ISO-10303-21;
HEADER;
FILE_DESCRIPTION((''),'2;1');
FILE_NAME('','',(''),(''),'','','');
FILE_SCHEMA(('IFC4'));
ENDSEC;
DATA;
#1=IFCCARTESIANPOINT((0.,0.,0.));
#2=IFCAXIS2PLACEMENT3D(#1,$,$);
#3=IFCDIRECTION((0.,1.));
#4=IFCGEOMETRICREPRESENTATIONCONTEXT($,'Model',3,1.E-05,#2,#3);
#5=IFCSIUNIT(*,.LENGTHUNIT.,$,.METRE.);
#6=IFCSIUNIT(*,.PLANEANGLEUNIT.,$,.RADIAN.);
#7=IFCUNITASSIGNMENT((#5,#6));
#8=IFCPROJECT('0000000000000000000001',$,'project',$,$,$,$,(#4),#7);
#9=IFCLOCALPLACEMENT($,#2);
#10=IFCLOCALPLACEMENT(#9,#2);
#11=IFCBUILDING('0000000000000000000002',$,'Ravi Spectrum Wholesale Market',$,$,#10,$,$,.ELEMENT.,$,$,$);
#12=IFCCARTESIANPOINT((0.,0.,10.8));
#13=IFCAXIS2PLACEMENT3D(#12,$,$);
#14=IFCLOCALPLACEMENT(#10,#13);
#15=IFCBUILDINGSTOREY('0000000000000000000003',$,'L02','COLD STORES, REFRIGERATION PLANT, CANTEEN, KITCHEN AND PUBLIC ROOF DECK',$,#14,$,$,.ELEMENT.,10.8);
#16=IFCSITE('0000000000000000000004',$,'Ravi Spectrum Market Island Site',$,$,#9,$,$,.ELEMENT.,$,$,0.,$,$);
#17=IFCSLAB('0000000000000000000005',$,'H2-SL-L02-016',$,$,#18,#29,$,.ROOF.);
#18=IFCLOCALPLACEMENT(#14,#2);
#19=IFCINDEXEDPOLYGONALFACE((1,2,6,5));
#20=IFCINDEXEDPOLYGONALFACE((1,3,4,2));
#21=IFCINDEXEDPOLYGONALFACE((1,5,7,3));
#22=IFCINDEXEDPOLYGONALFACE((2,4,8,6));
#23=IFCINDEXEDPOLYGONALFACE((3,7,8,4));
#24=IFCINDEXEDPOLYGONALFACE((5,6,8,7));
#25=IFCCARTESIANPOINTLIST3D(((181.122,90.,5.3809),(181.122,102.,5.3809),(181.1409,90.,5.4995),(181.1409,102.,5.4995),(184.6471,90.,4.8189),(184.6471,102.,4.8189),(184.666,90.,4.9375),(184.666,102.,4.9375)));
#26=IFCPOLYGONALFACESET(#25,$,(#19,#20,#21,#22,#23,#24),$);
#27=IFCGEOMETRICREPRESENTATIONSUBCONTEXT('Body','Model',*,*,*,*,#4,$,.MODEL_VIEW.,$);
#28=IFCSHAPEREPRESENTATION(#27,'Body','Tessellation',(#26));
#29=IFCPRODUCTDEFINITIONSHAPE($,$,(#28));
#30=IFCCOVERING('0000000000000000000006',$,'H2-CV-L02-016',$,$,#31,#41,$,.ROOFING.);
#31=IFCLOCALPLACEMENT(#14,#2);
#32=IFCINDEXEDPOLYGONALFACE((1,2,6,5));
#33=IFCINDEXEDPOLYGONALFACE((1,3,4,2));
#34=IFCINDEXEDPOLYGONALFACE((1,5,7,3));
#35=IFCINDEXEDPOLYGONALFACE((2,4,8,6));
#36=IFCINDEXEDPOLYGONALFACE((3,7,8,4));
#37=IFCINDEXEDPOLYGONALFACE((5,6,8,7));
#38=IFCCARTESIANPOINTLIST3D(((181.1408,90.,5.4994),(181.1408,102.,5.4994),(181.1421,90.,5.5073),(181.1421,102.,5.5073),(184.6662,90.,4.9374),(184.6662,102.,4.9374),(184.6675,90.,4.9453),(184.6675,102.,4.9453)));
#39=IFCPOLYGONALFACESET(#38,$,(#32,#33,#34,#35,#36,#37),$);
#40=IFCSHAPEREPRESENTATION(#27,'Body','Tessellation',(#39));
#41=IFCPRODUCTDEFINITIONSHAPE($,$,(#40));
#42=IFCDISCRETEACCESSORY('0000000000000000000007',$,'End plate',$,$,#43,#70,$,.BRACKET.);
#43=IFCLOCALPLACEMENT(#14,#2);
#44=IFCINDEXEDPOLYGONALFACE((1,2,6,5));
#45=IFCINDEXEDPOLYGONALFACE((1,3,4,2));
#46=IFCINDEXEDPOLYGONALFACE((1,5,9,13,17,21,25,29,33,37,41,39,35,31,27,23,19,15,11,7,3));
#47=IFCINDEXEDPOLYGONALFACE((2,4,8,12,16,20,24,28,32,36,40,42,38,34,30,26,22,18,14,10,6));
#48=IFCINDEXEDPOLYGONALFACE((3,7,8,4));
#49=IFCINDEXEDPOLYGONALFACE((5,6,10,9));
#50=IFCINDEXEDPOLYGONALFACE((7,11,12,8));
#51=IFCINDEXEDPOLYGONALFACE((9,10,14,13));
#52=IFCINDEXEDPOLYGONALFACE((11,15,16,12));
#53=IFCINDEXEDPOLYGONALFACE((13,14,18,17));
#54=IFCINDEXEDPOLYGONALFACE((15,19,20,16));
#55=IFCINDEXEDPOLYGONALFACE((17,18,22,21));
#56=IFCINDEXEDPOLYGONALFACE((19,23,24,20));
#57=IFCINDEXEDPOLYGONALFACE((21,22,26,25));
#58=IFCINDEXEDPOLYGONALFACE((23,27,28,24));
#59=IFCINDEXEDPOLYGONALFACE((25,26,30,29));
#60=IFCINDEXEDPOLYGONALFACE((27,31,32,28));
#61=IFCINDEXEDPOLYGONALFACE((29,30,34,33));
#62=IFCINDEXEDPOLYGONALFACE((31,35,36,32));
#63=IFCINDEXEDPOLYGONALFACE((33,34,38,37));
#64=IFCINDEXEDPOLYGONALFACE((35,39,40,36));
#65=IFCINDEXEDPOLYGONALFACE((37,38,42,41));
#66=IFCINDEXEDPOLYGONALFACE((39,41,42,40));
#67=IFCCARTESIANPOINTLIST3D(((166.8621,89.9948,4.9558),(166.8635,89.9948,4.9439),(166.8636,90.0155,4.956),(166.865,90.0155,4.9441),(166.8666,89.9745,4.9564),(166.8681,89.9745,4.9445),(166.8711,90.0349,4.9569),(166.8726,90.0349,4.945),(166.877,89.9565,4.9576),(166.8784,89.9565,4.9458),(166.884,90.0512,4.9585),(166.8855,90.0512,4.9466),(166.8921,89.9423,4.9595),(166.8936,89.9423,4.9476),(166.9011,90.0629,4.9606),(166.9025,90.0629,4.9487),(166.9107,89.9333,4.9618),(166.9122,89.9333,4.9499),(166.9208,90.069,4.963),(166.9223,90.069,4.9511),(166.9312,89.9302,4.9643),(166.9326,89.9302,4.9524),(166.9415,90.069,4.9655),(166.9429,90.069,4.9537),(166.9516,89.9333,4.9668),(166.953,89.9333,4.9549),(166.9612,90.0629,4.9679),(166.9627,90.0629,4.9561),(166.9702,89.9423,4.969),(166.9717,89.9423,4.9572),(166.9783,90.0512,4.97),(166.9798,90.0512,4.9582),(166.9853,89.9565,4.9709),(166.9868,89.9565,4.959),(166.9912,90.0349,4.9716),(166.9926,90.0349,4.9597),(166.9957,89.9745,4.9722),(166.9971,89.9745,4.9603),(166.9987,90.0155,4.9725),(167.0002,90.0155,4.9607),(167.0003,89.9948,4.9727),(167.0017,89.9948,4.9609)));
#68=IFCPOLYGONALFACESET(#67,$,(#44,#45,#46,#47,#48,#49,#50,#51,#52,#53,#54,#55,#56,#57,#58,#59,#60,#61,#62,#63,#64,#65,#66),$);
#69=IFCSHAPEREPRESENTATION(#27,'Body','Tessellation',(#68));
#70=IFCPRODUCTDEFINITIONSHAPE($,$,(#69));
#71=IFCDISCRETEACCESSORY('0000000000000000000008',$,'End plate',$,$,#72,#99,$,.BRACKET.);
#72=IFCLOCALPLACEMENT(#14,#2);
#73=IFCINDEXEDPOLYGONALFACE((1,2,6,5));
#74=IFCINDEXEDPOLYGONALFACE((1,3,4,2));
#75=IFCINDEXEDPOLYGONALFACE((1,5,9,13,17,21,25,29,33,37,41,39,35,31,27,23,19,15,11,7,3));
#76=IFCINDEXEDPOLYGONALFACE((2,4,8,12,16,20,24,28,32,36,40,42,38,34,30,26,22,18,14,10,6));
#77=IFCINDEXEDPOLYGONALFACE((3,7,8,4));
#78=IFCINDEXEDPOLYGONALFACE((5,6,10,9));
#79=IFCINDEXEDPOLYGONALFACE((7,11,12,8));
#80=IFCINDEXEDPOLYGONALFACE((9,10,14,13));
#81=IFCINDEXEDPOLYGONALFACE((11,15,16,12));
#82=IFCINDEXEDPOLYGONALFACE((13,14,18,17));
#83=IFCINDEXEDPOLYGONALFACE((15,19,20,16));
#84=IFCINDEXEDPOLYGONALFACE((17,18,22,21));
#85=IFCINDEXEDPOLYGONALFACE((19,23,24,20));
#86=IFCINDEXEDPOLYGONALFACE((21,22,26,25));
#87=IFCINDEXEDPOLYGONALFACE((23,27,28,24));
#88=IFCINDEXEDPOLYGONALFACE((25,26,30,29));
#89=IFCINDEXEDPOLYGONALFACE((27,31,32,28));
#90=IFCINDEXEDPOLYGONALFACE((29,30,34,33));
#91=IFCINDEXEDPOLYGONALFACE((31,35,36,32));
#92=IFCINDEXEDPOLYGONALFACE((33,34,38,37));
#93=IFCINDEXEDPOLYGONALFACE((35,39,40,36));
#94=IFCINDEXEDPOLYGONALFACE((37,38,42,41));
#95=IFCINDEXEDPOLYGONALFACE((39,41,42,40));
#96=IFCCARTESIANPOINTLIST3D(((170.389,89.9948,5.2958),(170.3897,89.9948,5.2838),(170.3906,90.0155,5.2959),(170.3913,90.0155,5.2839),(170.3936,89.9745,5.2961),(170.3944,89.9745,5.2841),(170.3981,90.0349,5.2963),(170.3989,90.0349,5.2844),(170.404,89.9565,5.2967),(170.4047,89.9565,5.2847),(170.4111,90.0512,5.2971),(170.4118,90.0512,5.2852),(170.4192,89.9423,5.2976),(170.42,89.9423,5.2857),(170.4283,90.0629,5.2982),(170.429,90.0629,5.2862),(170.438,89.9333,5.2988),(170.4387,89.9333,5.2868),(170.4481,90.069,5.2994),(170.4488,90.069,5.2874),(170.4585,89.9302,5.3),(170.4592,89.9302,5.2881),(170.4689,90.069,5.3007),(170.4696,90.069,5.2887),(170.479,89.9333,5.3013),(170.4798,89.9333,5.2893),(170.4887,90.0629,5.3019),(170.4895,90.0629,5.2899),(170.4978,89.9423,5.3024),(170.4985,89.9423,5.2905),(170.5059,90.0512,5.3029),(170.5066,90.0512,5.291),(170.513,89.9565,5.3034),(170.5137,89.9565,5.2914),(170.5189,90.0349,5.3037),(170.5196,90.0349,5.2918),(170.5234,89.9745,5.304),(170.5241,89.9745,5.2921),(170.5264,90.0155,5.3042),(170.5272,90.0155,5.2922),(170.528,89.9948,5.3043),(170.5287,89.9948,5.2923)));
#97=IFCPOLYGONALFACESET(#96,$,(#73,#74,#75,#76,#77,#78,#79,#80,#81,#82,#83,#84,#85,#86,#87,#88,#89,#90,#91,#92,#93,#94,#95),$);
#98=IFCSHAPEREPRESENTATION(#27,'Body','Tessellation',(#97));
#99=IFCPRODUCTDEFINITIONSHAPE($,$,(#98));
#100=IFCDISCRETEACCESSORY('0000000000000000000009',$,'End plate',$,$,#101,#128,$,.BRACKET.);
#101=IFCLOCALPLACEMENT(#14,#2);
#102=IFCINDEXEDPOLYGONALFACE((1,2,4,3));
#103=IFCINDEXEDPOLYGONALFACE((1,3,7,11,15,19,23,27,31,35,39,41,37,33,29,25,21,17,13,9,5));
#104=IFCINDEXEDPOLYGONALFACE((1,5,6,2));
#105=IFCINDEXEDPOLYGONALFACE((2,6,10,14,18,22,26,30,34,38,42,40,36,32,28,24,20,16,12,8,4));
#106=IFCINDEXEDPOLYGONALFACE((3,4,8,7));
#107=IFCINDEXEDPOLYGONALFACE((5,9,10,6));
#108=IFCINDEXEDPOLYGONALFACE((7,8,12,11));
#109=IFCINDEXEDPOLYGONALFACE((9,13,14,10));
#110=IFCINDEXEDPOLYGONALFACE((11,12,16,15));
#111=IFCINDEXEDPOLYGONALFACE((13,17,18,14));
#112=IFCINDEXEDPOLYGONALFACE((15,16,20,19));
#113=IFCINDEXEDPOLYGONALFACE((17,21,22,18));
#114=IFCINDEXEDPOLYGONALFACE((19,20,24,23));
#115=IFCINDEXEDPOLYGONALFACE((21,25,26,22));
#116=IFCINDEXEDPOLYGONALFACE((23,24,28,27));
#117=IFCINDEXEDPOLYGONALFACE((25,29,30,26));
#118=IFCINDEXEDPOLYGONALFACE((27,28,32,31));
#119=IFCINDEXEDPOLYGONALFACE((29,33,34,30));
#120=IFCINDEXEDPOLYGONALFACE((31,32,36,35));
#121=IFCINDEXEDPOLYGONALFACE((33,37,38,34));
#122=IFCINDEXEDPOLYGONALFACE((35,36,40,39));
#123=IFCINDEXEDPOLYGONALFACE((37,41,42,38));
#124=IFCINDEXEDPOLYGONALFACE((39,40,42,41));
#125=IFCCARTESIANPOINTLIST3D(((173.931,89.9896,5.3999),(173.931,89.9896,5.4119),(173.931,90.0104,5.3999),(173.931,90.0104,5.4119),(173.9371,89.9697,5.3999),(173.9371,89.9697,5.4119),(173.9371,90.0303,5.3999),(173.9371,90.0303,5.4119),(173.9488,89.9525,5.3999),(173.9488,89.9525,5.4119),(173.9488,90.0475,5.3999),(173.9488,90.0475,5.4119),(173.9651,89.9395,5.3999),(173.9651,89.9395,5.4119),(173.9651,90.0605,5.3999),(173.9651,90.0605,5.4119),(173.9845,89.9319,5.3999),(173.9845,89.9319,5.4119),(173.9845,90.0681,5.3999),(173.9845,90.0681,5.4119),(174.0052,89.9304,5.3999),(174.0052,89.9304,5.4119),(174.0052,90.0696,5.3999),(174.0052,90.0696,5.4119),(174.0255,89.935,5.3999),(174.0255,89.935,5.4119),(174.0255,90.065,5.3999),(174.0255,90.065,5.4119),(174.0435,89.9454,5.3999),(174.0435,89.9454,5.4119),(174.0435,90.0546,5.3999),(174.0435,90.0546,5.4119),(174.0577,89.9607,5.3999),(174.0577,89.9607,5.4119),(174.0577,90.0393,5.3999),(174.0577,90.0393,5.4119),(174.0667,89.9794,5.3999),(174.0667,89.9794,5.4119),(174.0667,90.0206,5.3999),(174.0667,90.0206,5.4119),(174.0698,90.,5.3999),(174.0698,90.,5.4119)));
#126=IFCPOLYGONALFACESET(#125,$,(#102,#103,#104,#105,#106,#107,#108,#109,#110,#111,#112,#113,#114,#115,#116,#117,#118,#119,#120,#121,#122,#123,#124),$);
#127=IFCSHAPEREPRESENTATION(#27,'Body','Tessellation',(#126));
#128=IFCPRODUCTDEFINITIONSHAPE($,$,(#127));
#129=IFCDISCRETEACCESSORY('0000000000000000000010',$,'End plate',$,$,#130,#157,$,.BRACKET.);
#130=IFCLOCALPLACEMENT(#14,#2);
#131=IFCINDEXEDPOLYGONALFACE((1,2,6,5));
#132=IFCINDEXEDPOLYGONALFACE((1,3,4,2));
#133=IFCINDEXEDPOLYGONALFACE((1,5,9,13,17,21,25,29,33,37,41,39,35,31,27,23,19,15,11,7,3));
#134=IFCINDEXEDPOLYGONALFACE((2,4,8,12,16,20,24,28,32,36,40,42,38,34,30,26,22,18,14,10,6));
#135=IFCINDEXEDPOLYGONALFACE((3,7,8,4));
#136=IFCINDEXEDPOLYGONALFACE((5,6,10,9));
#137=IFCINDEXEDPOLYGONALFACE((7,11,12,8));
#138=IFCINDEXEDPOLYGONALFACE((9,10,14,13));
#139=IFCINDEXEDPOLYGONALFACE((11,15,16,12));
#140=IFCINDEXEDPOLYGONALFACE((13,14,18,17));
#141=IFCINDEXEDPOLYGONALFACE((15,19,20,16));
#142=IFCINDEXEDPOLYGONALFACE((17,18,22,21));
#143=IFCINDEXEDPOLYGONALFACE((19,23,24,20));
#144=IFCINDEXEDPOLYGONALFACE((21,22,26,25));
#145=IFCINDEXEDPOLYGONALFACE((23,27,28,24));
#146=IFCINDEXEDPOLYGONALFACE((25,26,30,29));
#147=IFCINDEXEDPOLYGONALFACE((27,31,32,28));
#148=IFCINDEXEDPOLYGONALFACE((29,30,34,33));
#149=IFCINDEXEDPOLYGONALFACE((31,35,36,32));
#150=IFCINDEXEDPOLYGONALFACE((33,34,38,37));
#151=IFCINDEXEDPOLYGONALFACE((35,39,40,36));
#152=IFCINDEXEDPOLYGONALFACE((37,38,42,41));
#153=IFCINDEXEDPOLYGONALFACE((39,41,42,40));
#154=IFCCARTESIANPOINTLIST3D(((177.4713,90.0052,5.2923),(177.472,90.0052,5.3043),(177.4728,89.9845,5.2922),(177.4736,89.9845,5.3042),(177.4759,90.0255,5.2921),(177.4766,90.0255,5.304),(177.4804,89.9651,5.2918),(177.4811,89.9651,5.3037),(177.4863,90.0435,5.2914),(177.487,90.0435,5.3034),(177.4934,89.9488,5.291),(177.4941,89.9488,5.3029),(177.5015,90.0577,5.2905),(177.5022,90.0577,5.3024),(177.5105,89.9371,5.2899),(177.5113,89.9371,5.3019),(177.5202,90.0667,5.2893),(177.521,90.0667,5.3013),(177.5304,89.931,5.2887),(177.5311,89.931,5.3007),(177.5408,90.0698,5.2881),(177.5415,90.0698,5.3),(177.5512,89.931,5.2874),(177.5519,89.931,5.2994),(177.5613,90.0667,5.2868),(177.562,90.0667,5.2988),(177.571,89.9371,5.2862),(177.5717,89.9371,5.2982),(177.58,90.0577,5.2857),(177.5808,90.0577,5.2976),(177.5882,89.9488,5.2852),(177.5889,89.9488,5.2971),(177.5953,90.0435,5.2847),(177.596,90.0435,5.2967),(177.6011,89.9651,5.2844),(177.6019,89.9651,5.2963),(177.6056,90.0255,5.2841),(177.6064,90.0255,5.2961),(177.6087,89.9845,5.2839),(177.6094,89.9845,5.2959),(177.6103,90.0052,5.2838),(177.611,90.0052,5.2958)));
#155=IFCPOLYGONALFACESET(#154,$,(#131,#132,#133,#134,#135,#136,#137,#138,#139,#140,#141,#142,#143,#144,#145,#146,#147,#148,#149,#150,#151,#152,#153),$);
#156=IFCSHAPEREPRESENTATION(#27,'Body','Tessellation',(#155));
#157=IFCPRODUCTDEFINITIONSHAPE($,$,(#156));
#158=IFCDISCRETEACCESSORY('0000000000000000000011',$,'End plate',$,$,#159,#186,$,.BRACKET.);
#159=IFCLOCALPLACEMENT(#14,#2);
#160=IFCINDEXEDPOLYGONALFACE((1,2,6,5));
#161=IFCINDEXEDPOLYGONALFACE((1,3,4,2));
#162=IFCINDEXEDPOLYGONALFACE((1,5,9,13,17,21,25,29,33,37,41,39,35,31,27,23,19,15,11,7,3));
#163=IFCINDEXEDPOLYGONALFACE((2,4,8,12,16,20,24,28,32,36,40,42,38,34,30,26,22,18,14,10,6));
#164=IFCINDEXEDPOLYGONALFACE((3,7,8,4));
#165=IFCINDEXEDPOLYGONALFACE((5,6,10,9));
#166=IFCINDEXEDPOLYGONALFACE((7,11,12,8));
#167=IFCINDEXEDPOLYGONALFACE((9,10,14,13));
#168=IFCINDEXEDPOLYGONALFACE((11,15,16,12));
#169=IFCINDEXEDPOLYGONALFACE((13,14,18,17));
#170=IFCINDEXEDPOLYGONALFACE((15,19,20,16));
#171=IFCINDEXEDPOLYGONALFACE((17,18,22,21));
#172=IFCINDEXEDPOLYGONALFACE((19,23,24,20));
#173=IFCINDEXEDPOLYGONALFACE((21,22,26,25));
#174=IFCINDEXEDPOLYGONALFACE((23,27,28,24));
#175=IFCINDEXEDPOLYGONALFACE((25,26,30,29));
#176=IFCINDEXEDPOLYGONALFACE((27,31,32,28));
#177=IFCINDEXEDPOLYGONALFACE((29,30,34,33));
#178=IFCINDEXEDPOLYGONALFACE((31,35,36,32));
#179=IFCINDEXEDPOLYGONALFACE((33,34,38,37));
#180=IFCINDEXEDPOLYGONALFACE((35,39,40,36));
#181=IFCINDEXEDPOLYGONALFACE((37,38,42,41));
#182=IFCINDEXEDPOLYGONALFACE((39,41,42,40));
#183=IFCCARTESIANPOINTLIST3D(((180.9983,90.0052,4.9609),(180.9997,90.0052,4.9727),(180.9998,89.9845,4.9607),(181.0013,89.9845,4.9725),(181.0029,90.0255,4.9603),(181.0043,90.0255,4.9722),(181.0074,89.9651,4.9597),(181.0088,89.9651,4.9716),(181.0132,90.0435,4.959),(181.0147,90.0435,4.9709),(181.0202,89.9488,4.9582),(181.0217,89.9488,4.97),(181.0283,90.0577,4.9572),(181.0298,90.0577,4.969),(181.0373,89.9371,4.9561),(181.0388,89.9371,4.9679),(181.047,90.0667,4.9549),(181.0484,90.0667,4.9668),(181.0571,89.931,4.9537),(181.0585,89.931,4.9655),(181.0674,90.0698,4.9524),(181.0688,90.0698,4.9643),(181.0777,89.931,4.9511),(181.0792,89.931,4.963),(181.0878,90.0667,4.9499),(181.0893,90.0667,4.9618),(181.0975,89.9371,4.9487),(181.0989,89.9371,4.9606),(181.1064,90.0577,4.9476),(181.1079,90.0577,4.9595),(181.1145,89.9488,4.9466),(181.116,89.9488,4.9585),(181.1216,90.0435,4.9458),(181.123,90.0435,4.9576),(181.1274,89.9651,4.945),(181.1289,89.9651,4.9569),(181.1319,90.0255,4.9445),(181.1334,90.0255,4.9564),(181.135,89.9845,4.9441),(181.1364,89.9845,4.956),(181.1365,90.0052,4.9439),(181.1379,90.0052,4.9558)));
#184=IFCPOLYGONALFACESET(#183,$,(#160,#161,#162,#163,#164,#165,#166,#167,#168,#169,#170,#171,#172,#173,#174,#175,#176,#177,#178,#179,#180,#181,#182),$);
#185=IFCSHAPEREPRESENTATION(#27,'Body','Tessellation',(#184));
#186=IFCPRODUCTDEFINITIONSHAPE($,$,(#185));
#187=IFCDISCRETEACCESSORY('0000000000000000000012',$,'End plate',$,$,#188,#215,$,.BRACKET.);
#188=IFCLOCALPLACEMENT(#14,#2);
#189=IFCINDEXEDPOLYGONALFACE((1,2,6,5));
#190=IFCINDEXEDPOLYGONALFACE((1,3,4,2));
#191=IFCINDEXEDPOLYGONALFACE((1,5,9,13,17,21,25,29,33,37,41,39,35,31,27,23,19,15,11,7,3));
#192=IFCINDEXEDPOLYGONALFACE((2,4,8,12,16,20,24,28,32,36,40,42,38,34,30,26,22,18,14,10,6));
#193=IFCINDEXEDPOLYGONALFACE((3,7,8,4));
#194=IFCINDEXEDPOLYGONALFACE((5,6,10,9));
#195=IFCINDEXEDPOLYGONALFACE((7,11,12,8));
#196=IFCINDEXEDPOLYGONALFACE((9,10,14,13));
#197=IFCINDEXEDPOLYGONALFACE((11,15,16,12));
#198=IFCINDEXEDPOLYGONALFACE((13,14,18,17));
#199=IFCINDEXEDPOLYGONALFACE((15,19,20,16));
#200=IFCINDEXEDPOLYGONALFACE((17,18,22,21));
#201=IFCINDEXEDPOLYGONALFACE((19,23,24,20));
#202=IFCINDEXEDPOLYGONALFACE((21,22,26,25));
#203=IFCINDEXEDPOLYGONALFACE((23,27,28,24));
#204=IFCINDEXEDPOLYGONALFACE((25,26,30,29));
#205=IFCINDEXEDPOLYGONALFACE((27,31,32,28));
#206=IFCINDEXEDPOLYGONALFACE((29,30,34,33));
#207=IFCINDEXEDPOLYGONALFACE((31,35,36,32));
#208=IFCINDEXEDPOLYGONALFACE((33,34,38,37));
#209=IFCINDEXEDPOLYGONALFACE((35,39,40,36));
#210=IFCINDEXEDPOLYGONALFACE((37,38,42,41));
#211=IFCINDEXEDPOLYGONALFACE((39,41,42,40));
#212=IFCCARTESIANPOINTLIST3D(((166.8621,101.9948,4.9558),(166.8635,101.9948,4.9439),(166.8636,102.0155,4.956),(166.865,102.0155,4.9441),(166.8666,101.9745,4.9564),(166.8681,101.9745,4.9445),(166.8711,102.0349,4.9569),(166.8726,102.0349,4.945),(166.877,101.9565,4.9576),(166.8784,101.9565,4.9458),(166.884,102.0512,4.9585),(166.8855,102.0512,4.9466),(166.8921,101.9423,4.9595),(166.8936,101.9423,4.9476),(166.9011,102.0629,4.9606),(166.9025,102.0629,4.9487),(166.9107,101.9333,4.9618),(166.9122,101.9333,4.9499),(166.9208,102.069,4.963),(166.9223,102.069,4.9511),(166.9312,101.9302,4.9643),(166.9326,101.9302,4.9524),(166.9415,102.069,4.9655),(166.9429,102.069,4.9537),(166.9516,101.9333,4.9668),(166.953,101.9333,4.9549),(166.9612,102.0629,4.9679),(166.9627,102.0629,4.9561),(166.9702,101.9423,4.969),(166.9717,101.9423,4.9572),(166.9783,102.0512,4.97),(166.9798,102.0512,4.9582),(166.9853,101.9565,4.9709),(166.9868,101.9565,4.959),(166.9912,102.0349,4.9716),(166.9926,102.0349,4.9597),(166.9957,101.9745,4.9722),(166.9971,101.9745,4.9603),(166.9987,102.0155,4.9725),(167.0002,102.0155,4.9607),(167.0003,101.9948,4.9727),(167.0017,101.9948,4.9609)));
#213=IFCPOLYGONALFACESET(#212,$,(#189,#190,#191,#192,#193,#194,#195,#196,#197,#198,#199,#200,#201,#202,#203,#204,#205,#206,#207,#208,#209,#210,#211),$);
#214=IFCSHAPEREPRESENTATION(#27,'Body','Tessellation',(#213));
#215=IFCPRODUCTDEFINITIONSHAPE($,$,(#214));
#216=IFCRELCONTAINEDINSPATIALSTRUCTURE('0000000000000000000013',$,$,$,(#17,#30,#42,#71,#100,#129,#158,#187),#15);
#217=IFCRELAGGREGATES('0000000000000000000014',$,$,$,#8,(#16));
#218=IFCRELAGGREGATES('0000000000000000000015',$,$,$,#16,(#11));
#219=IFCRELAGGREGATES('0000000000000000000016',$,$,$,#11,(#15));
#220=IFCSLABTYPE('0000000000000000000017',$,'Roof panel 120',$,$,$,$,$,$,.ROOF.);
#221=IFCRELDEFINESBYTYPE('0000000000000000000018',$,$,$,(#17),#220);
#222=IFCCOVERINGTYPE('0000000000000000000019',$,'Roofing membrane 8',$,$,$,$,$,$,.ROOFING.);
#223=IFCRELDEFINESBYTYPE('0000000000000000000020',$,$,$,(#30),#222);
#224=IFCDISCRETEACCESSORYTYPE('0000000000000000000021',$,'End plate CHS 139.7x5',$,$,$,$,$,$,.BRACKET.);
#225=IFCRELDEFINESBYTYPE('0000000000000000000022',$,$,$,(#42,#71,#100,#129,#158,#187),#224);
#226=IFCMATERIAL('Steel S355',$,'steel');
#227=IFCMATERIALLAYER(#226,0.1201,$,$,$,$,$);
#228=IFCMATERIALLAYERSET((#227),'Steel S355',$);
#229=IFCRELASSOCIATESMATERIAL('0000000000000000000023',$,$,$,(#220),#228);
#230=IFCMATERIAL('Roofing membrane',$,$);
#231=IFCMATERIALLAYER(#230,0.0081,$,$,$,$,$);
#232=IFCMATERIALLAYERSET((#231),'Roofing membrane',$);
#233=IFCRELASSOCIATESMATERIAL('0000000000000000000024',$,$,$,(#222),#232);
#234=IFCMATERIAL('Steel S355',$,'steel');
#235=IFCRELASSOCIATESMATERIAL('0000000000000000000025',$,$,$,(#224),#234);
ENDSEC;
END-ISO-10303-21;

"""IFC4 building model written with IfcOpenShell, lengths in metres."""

from ifc_helpers import new_model, si_unit, direction, frame, origin, origin_2d, place, context, subcontext, project, spatial, polyline, circle, outline, extrude, material, layer, layer_set, material_profile, profile_set, type_object, element, save


model = new_model("IFC4")

# Units and contexts
model_context = context("Model", 3, precision=1e-05, world=origin(), true_north=direction((0.0, 1.0)))
body_context = subcontext(model_context, "Body", "Model", "MODEL_VIEW")
ifc_project = project(units=[si_unit("LENGTHUNIT", "METRE"), si_unit("PLANEANGLEUNIT", "RADIAN")], contexts=[model_context])

# Site, building, storey
site_placement = place(None, origin())
site = spatial("IfcSite", under=ifc_project, at=site_placement, Name="Ravi Spectrum Market Island Site", CompositionType="ELEMENT", RefElevation=0.0)
building_placement = place(site_placement, origin())
building = spatial("IfcBuilding", under=site, at=building_placement, Name="Ravi Spectrum Wholesale Market", CompositionType="ELEMENT")
storey_placement = place(building_placement, frame((0.0, 0.0, 10.8)))
storey = spatial("IfcBuildingStorey", under=building, at=storey_placement, Name="L02", Description="COLD STORES, REFRIGERATION PLANT, CANTEEN, KITCHEN AND PUBLIC ROOF DECK", CompositionType="ELEMENT", Elevation=10.8)

# Slab
ifc_material_1 = material(Name="Steel S355", Category="steel")
ifc_layer_1 = layer(ifc_material_1, 0.1201)
ifc_layer_set_1 = layer_set([ifc_layer_1], Name="Steel S355")
slab_type = type_object("IfcSlabType", Name="Roof panel 120", PredefinedType="ROOF", material=ifc_layer_set_1)
slab_placement = place(storey_placement, frame((181.1409, 90.0, 5.4995), z_axis=(0.157441, 0.0, 0.987528), x_axis=(0.987528, 0.0, -0.157441)))
element("IfcSlab", 1, at=slab_placement, inside=storey, type_object=slab_type, Name="H2-SL-L02-016", PredefinedType="ROOF", context=body_context, shape_type="SweptSolid", body=[
    extrude(outline(polyline([(0.0, 0.0), (3.5697, 0.0), (3.5697, 12.0), (0.0, 12.0), (0.0, 0.0)])), origin(), (0.0, 0.0, -1.0), 0.1201),
])

# Covering
ifc_material_2 = material(Name="Roofing membrane")
ifc_layer_2 = layer(ifc_material_2, 0.0081)
ifc_layer_set_2 = layer_set([ifc_layer_2], Name="Roofing membrane")
covering_type = type_object("IfcCoveringType", Name="Roofing membrane 8", PredefinedType="ROOFING", material=ifc_layer_set_2)
covering_placement = place(storey_placement, frame((181.1421, 90.0, 5.5073), z_axis=(0.15743, 0.0, 0.98753), x_axis=(0.98753, 0.0, -0.15743)))
element("IfcCovering", 2, at=covering_placement, inside=storey, type_object=covering_type, Name="H2-CV-L02-016", PredefinedType="ROOFING", context=body_context, shape_type="SweptSolid", body=[
    extrude(outline(polyline([(0.0, 0.0), (3.5699, 0.0), (3.5699, 12.0), (0.0, 12.0), (0.0, 0.0)])), origin(), (0.0, 0.0, -1.0), 0.0081),
])

# Discrete accessories
ifc_material_3 = material(Name="Steel S355", Category="steel")
ifc_material_profile_1 = material_profile(ifc_material_3, circle(Radius=0.0698, at=origin_2d()))
ifc_profile_set_1 = profile_set([ifc_material_profile_1], Name="Steel S355")
discrete_accessory_type_1 = type_object("IfcDiscreteAccessoryType", Name="End plate CHS 139.7x5", PredefinedType="BRACKET", material=ifc_profile_set_1)
for number, where, z_axis, x_axis, name in (
    (3, (166.9326, 90.0, 4.9524), (-0.121541, 0.0, 0.992586), (0.0, -1.0, 0.0), "End plate"),
    (4, (170.4592, 90.0, 5.2881), (-0.06111, 0.0, 0.998131), (0.0, -1.0, 0.0), "End plate"),
    (5, (174.0, 90.0, 5.3999), (0.0, 0.0, 1.0), (1.0, 0.0, 0.0), "End plate"),
    (6, (177.5408, 90.0, 5.2881), (0.06111, 0.0, 0.998131), (0.0, 1.0, 0.0), "End plate"),
    (7, (181.0674, 90.0, 4.9524), (0.121541, 0.0, 0.992586), (0.0, 1.0, 0.0), "End plate"),
    (8, (166.9326, 102.0, 4.9524), (-0.121541, 0.0, 0.992586), (0.0, -1.0, 0.0), "End plate"),
):
    element("IfcDiscreteAccessory", number, at=place(storey_placement, frame(where, z_axis=z_axis, x_axis=x_axis)), inside=storey, type_object=discrete_accessory_type_1, Name=name, PredefinedType="BRACKET", context=body_context, shape_type="SweptSolid", body=[
        extrude(circle(Radius=0.0698, at=origin_2d()), origin(), (0.0, 0.0, 1.0), 0.012),
    ])

save(model, "model.ifc")
